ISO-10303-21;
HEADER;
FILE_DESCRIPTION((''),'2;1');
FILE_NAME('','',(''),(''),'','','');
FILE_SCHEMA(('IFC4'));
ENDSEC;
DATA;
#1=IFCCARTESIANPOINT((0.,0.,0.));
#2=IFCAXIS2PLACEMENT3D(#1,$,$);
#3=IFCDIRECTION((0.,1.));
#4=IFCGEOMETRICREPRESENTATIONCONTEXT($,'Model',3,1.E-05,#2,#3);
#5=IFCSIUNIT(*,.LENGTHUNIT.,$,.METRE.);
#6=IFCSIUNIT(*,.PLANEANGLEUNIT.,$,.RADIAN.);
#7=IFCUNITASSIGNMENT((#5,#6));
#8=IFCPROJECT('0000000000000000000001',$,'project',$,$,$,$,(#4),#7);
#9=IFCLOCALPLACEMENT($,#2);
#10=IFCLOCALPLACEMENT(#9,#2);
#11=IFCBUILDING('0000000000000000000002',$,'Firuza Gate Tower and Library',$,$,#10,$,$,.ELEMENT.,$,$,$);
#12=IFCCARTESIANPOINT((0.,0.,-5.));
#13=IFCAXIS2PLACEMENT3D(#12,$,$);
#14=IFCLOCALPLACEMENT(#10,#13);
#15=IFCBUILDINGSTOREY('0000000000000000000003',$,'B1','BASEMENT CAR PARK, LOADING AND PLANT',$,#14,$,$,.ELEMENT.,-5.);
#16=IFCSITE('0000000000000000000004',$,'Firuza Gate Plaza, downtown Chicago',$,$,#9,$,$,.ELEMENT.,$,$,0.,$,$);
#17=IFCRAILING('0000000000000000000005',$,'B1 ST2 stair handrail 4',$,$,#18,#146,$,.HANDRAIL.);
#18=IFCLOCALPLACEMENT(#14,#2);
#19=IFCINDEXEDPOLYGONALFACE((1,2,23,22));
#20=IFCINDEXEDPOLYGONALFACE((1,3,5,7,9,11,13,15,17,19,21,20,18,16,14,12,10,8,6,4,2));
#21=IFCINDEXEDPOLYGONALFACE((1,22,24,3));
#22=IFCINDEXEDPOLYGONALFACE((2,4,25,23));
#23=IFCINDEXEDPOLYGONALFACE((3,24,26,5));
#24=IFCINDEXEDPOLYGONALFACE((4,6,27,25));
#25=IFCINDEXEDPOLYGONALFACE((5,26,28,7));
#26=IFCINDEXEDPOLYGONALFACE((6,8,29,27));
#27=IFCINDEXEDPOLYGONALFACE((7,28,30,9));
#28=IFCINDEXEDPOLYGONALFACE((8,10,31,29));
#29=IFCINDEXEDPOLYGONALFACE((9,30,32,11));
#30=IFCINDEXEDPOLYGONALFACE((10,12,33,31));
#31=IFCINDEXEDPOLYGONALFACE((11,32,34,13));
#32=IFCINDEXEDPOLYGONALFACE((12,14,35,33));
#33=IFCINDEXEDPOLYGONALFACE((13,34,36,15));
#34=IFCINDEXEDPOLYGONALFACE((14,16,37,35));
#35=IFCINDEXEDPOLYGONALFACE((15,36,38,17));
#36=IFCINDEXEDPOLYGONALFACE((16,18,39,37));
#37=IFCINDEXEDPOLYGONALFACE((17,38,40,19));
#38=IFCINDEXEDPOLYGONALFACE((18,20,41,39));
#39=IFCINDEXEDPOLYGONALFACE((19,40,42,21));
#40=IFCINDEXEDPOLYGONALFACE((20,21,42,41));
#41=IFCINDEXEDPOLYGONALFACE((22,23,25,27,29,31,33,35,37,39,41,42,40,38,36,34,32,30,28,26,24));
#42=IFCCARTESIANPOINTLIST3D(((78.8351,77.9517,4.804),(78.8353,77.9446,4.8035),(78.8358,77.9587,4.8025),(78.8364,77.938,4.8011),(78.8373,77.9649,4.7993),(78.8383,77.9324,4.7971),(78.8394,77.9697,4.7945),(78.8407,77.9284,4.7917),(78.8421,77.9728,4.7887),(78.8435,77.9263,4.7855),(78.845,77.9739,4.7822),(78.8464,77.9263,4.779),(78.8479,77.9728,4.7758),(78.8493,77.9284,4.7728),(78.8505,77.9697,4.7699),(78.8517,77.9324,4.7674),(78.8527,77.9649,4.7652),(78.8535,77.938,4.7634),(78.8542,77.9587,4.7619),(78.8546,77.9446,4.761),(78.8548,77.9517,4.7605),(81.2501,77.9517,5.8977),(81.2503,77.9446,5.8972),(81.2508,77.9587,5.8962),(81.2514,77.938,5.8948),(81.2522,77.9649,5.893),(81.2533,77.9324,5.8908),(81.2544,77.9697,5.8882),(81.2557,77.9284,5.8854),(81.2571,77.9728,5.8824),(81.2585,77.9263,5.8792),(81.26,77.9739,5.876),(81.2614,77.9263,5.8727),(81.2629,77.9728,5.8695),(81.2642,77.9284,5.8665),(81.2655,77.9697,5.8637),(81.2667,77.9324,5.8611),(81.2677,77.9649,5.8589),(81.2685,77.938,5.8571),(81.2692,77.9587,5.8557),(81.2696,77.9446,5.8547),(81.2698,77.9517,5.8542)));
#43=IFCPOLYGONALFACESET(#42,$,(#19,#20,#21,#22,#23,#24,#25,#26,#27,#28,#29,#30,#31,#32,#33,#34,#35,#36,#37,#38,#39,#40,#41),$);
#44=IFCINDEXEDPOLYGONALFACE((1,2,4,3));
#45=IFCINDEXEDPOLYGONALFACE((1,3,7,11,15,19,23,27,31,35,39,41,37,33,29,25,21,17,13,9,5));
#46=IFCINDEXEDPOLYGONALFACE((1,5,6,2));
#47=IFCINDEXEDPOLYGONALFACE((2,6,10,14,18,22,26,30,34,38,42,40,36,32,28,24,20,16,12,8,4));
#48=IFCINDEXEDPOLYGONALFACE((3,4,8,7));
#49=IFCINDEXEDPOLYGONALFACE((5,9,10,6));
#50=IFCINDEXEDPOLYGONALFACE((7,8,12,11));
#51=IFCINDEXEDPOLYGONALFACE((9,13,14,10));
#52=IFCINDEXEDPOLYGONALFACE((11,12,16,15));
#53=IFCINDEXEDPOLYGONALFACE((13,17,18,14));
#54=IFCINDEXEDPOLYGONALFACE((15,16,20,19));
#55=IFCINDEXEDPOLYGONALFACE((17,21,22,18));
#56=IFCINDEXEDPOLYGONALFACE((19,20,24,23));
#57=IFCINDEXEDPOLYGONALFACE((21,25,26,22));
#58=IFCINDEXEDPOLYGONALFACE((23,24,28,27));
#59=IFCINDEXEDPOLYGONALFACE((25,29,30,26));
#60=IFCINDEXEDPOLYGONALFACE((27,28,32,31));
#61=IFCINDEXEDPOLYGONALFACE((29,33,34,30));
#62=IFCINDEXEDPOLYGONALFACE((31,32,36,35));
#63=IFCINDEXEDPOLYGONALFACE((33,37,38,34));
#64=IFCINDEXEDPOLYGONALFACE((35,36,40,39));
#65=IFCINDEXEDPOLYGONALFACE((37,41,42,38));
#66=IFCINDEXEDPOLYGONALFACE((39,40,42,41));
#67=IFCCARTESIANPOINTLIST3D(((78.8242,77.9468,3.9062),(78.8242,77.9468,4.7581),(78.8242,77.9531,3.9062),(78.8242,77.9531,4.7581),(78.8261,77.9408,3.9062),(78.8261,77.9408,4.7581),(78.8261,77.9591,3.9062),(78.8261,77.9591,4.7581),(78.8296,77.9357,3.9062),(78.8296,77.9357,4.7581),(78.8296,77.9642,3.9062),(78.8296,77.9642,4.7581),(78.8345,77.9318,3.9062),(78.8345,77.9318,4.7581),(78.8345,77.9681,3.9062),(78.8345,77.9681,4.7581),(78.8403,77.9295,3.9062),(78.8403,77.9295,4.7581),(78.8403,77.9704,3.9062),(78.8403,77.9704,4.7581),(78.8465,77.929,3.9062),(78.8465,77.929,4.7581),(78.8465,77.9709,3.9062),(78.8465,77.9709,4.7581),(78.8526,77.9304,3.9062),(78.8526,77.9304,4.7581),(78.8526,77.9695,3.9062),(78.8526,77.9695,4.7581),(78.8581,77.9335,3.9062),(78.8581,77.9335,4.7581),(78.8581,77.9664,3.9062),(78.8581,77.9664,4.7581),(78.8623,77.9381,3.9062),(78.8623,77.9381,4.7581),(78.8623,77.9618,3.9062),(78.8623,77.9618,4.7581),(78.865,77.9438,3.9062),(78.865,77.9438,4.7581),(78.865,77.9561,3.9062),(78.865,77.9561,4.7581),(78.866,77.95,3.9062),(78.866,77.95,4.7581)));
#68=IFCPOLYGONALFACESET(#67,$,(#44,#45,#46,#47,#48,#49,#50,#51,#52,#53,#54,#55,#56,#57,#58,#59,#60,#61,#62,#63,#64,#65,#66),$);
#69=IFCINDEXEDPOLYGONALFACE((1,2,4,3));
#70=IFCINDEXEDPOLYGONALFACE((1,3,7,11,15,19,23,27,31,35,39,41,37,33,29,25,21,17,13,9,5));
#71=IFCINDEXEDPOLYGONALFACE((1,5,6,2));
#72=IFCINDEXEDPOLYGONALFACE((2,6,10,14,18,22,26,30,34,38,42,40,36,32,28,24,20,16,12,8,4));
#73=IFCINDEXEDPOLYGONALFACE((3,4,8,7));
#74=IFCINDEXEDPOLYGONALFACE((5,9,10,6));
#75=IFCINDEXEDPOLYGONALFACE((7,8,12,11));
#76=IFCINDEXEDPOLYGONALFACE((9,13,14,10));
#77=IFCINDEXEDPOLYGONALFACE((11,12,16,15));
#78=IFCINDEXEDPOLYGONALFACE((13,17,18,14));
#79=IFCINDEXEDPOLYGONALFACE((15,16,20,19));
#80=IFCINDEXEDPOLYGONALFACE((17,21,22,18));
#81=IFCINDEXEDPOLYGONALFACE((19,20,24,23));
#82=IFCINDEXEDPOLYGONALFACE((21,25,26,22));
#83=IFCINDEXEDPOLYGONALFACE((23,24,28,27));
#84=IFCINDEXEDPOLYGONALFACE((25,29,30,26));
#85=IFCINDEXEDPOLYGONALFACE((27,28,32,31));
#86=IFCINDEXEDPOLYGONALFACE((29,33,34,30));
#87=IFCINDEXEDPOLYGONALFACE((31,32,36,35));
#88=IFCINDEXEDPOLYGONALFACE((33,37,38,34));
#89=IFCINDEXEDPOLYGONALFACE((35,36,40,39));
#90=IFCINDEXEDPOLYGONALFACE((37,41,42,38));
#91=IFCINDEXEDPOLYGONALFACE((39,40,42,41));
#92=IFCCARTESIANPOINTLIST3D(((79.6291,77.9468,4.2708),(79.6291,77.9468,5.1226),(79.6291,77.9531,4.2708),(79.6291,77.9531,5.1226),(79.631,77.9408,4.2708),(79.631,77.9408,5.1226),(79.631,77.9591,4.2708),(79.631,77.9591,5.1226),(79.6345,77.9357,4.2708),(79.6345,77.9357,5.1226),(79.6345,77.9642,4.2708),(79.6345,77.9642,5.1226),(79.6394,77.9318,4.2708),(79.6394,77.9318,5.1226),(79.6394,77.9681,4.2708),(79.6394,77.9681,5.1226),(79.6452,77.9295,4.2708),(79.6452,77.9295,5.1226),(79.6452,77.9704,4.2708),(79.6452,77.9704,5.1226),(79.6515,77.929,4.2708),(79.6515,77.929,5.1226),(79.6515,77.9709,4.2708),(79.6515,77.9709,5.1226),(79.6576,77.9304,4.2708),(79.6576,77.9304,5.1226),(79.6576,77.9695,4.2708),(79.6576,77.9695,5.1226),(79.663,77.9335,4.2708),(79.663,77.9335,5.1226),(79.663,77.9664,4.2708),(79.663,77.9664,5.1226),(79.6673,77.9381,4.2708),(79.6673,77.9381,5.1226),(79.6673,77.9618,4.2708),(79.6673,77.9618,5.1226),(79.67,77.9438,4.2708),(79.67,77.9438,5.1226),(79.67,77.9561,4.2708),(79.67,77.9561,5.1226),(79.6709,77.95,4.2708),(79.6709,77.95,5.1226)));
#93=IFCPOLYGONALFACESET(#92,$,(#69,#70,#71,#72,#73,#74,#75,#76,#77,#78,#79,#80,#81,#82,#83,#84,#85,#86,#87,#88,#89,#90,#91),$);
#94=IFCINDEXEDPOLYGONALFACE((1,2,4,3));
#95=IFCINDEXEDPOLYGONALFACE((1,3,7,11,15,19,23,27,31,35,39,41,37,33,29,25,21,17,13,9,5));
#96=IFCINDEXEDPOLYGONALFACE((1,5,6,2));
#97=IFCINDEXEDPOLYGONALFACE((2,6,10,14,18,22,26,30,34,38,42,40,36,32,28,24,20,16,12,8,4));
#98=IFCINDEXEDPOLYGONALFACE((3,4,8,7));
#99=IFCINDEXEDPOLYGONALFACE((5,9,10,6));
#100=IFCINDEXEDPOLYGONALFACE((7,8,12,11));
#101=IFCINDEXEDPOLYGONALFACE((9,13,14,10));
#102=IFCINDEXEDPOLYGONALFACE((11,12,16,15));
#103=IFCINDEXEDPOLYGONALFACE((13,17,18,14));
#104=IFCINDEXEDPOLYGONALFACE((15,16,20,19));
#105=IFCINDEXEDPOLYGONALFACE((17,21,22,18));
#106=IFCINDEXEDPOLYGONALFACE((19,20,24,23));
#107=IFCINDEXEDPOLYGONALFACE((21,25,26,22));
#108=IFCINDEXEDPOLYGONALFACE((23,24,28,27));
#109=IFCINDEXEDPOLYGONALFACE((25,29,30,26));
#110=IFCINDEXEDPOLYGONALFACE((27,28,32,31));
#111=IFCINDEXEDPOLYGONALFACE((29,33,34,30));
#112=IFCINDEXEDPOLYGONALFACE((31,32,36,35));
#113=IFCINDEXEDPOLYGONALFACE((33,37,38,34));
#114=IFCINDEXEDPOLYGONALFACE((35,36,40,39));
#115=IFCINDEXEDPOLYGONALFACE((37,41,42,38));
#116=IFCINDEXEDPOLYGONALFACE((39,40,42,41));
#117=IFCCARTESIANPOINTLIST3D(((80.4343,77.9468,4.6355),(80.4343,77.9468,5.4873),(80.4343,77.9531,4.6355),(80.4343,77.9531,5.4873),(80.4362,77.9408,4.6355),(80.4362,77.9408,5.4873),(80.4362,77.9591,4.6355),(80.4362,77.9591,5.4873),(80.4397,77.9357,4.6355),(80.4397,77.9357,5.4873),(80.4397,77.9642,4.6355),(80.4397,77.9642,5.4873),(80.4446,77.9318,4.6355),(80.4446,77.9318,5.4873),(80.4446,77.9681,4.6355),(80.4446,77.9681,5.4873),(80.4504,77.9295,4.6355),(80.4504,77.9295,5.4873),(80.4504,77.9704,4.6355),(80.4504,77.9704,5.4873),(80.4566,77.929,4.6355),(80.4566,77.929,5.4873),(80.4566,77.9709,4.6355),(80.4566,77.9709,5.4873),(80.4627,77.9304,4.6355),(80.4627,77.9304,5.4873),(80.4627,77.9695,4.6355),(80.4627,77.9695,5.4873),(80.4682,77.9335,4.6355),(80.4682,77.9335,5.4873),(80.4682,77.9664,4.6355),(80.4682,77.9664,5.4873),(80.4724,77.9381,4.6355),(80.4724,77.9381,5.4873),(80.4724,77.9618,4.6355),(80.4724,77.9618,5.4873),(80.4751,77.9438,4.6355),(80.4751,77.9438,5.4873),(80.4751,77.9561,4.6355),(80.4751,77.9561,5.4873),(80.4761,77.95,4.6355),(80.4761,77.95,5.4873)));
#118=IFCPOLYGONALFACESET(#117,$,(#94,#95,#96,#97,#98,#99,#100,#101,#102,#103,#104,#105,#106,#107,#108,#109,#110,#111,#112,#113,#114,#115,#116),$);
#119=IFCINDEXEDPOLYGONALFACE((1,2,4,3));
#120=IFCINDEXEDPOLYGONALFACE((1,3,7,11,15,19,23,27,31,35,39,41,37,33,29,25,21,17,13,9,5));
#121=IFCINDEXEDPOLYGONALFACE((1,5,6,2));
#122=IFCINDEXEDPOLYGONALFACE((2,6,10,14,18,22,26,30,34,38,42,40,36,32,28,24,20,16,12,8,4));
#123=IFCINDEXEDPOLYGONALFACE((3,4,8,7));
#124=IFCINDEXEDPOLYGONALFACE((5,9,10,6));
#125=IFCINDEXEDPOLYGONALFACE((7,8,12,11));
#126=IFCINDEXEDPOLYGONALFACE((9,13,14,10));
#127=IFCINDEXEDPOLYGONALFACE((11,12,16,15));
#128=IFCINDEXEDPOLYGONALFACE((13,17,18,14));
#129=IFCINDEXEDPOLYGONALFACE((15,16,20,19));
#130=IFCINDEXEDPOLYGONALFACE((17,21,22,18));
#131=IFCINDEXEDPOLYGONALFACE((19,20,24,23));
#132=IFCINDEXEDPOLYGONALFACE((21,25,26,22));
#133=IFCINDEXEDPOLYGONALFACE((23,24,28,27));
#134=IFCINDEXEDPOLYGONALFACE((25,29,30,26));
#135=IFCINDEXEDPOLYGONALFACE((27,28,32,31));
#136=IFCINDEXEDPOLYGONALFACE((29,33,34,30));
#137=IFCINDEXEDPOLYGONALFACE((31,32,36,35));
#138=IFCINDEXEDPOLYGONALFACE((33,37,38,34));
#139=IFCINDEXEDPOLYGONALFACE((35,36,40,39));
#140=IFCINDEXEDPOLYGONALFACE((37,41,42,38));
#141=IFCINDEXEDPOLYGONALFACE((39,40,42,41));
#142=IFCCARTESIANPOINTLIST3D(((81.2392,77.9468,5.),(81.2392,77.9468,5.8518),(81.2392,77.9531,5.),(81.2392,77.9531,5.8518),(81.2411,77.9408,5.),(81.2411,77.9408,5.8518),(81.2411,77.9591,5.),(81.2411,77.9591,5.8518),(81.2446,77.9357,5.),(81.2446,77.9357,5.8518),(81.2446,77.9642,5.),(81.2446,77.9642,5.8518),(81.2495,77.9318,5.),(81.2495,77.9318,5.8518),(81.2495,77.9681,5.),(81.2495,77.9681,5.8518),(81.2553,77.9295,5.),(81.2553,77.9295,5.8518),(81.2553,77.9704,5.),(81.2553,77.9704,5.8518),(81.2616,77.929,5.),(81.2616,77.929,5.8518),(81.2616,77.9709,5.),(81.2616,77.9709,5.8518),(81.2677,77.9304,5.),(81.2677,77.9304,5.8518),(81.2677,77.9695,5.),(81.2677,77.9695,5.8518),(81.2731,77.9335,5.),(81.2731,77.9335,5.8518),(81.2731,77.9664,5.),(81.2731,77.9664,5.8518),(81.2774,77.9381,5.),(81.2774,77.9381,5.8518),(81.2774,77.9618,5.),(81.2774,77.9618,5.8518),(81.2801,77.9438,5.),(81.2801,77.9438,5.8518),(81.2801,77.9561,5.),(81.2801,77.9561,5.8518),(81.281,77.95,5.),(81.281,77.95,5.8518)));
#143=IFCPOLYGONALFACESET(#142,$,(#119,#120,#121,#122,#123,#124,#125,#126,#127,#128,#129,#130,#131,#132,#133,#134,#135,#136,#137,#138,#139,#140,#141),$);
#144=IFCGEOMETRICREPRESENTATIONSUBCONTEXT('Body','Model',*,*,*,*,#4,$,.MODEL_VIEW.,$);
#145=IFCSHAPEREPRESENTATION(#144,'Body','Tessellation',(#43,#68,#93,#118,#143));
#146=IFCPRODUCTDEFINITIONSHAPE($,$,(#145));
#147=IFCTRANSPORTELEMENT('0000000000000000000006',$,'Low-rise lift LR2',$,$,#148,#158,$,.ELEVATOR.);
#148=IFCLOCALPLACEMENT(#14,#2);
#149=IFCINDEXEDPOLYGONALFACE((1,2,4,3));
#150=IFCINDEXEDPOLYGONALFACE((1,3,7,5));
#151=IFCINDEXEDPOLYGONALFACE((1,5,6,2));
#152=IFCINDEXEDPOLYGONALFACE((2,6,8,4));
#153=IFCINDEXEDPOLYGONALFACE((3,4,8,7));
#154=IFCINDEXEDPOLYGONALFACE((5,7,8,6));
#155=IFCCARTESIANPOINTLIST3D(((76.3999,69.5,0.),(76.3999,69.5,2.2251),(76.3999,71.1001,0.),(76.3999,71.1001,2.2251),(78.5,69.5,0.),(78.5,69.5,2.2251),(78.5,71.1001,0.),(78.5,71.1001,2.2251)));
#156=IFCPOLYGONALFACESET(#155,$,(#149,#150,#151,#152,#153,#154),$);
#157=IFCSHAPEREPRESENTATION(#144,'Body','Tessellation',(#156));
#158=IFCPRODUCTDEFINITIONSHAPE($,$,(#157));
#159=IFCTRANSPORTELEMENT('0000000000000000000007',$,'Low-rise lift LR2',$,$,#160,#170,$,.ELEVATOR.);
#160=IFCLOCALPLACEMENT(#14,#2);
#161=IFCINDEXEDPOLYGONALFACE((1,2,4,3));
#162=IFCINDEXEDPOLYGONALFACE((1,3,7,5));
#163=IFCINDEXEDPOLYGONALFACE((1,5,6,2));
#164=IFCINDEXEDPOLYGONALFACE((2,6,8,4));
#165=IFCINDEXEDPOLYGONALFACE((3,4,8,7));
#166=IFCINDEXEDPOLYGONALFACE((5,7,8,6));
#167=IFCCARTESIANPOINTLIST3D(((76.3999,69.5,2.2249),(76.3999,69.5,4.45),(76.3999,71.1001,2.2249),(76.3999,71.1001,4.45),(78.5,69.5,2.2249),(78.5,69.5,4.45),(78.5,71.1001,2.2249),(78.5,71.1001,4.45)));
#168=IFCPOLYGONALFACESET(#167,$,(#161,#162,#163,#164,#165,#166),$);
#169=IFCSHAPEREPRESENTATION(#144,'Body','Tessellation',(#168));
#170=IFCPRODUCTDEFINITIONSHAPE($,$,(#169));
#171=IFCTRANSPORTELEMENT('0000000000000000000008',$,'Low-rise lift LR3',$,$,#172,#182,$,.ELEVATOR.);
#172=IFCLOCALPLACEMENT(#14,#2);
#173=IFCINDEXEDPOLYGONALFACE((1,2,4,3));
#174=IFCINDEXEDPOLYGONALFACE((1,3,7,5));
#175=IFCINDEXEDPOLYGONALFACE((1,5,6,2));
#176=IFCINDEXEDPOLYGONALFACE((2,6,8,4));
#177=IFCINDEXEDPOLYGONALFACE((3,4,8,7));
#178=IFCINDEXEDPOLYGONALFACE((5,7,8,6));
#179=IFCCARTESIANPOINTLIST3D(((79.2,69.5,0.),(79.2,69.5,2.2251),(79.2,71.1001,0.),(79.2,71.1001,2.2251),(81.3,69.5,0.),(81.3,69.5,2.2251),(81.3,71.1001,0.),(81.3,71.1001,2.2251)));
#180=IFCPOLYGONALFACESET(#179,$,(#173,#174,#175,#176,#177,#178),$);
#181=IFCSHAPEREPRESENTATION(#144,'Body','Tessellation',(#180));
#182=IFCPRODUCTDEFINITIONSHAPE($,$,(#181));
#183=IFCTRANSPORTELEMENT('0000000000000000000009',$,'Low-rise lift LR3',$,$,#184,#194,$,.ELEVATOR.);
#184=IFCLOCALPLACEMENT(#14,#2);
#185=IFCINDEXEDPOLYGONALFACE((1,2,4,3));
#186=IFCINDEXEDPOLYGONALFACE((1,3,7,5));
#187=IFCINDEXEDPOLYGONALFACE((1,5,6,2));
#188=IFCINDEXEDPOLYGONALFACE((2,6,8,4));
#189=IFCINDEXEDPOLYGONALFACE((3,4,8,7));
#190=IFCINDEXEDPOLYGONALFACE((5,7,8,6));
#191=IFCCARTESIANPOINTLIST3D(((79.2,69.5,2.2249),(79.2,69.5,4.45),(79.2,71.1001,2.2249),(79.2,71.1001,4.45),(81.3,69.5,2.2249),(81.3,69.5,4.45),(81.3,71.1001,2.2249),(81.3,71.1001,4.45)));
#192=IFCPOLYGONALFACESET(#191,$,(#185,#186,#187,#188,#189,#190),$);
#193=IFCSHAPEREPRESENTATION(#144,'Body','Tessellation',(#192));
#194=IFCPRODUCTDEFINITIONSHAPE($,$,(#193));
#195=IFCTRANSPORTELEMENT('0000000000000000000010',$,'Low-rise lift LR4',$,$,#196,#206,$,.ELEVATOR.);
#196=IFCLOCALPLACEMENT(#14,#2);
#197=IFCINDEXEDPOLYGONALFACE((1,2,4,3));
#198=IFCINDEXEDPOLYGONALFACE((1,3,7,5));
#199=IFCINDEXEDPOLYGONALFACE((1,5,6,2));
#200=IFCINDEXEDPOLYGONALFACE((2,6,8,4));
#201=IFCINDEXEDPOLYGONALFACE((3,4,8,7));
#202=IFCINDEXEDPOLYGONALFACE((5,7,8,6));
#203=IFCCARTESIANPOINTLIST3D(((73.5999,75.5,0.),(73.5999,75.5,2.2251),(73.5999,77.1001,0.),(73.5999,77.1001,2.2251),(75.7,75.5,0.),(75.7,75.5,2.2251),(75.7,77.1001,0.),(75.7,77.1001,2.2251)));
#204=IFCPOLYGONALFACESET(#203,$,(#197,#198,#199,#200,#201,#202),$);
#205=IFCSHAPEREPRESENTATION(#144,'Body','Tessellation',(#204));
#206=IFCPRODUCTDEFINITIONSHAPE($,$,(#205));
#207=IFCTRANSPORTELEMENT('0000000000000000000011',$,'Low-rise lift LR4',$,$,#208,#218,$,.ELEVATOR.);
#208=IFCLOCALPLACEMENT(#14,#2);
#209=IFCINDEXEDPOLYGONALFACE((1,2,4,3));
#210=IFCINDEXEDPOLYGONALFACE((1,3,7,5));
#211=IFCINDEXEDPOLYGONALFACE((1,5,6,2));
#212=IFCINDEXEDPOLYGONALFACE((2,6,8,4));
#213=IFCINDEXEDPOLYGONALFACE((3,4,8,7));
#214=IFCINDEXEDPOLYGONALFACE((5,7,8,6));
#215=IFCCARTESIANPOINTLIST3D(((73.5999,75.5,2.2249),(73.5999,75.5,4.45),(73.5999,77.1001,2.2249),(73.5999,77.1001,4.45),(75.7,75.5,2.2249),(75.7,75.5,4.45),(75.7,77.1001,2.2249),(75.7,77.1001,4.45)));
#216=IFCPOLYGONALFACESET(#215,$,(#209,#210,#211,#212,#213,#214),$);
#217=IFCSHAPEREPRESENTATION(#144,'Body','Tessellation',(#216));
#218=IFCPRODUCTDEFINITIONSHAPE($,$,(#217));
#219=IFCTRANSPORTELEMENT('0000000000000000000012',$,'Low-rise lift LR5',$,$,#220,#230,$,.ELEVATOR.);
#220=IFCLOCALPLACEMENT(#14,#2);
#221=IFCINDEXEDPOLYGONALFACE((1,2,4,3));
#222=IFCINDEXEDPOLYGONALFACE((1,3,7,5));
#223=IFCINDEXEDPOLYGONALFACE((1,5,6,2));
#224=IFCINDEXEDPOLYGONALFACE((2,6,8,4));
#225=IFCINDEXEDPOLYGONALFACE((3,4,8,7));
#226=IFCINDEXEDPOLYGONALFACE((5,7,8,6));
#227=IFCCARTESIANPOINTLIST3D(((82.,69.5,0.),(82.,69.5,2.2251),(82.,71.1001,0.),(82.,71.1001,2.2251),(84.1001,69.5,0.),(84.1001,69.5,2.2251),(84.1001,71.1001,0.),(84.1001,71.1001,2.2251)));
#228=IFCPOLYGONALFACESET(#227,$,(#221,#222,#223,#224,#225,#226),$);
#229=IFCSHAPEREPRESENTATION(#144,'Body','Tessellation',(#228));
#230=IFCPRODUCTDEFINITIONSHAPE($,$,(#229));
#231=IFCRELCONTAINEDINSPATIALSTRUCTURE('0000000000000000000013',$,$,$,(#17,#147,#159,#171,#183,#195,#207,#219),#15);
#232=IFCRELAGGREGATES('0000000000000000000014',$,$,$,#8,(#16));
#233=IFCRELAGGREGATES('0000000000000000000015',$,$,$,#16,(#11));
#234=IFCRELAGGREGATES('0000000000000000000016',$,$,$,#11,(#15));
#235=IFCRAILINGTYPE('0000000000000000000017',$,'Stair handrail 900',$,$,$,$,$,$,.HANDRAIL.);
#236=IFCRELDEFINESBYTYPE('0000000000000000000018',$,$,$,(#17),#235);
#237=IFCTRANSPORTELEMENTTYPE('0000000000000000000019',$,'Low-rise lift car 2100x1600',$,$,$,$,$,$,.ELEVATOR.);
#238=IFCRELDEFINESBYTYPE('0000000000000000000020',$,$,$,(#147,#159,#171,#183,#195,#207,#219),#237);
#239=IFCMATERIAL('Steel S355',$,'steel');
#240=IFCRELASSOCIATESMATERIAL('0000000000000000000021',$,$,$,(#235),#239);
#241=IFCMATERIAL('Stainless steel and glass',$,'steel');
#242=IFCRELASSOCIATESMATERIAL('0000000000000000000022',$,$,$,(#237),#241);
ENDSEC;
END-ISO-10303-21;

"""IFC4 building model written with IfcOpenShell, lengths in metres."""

from ifc_helpers import new_model, si_unit, direction, frame, origin, origin_2d, place, context, subcontext, project, spatial, rectangle, circle, extrude, material, type_object, element, save


model = new_model("IFC4")

# Units and contexts
model_context = context("Model", 3, precision=1e-05, world=origin(), true_north=direction((0.0, 1.0)))
body_context = subcontext(model_context, "Body", "Model", "MODEL_VIEW")
ifc_project = project(units=[si_unit("LENGTHUNIT", "METRE"), si_unit("PLANEANGLEUNIT", "RADIAN")], contexts=[model_context])

# Site, building, storey
site_placement = place(None, origin())
site = spatial("IfcSite", under=ifc_project, at=site_placement, Name="Firuza Gate Plaza, downtown Chicago", CompositionType="ELEMENT", RefElevation=0.0)
building_placement = place(site_placement, origin())
building = spatial("IfcBuilding", under=site, at=building_placement, Name="Firuza Gate Tower and Library", CompositionType="ELEMENT")
storey_placement = place(building_placement, frame((0.0, 0.0, -5.0)))
storey = spatial("IfcBuildingStorey", under=building, at=storey_placement, Name="B1", Description="BASEMENT CAR PARK, LOADING AND PLANT", CompositionType="ELEMENT", Elevation=-5.0)

# Railing
ifc_material_1 = material(Name="Steel S355", Category="steel")
railing_type_1 = type_object("IfcRailingType", Name="Stair handrail 900", PredefinedType="HANDRAIL", material=ifc_material_1)
for number, where, name in (
    (1, (78.845, 77.95, 3.9062), "B1 ST2 stair handrail 4"),
):
    element("IfcRailing", number, at=place(storey_placement, frame(where)), inside=storey, type_object=railing_type_1, Name=name, PredefinedType="HANDRAIL", context=body_context, shape_type="SweptSolid", body=[
        extrude(circle(Radius=0.0239, at=origin_2d()), frame((0.0, 0.0, 0.876), z_axis=(0.910933, 0.0, 0.412554), x_axis=(0.0, 1.0, 0.0)), (0.0, 0.0, 1.0), 2.6511),
        extrude(circle(Radius=0.021, at=origin_2d()), origin(), (0.0, 0.0, 1.0), 0.8518),
        extrude(circle(Radius=0.021, at=origin_2d()), frame((0.8049, 0.0, 0.3645)), (0.0, 0.0, 1.0), 0.8518),
        extrude(circle(Radius=0.021, at=origin_2d()), frame((1.6101, 0.0, 0.7292)), (0.0, 0.0, 1.0), 0.8518),
        extrude(circle(Radius=0.021, at=origin_2d()), frame((2.415, 0.0, 1.0938)), (0.0, 0.0, 1.0), 0.8518),
    ])

# Transport elements
ifc_material_2 = material(Name="Stainless steel and glass", Category="steel")
transport_element_type = type_object("IfcTransportElementType", Name="Low-rise lift car 2100x1600", PredefinedType="ELEVATOR", material=ifc_material_2)
for number, where, z_axis, x_axis, name in (
    (2, (77.45, 70.3, 0.0), (0.0, 0.0, 1.0), (1.0, 0.0, 0.0), "Low-rise lift LR2"),
    (3, (77.45, 70.3, 2.2249), (0.0, 0.0, 1.0), (1.0, 0.0, 0.0), "Low-rise lift LR2"),
    (4, (80.25, 70.3, 0.0), (0.0, 0.0, 1.0), (1.0, 0.0, 0.0), "Low-rise lift LR3"),
    (5, (80.25, 70.3, 2.2249), (0.0, 0.0, 1.0), (1.0, 0.0, 0.0), "Low-rise lift LR3"),
    (6, (74.6499, 76.3, 0.0), (0.0, 0.0, 1.0), (1.0, 0.0, 0.0), "Low-rise lift LR4"),
    (7, (74.6499, 76.3, 2.2249), (0.0, 0.0, 1.0), (1.0, 0.0, 0.0), "Low-rise lift LR4"),
    (8, (83.05, 70.3, 0.0), (0.0, 0.0, 1.0), (1.0, 0.0, 0.0), "Low-rise lift LR5"),
):
    element("IfcTransportElement", number, at=place(storey_placement, frame(where, z_axis=z_axis, x_axis=x_axis)), inside=storey, type_object=transport_element_type, Name=name, PredefinedType="ELEVATOR", context=body_context, shape_type="SweptSolid", body=[
        extrude(rectangle(XDim=2.1001, YDim=1.6001, at=origin_2d()), origin(), (0.0, 0.0, 1.0), 2.2251),
    ])

save(model, "model.ifc")
